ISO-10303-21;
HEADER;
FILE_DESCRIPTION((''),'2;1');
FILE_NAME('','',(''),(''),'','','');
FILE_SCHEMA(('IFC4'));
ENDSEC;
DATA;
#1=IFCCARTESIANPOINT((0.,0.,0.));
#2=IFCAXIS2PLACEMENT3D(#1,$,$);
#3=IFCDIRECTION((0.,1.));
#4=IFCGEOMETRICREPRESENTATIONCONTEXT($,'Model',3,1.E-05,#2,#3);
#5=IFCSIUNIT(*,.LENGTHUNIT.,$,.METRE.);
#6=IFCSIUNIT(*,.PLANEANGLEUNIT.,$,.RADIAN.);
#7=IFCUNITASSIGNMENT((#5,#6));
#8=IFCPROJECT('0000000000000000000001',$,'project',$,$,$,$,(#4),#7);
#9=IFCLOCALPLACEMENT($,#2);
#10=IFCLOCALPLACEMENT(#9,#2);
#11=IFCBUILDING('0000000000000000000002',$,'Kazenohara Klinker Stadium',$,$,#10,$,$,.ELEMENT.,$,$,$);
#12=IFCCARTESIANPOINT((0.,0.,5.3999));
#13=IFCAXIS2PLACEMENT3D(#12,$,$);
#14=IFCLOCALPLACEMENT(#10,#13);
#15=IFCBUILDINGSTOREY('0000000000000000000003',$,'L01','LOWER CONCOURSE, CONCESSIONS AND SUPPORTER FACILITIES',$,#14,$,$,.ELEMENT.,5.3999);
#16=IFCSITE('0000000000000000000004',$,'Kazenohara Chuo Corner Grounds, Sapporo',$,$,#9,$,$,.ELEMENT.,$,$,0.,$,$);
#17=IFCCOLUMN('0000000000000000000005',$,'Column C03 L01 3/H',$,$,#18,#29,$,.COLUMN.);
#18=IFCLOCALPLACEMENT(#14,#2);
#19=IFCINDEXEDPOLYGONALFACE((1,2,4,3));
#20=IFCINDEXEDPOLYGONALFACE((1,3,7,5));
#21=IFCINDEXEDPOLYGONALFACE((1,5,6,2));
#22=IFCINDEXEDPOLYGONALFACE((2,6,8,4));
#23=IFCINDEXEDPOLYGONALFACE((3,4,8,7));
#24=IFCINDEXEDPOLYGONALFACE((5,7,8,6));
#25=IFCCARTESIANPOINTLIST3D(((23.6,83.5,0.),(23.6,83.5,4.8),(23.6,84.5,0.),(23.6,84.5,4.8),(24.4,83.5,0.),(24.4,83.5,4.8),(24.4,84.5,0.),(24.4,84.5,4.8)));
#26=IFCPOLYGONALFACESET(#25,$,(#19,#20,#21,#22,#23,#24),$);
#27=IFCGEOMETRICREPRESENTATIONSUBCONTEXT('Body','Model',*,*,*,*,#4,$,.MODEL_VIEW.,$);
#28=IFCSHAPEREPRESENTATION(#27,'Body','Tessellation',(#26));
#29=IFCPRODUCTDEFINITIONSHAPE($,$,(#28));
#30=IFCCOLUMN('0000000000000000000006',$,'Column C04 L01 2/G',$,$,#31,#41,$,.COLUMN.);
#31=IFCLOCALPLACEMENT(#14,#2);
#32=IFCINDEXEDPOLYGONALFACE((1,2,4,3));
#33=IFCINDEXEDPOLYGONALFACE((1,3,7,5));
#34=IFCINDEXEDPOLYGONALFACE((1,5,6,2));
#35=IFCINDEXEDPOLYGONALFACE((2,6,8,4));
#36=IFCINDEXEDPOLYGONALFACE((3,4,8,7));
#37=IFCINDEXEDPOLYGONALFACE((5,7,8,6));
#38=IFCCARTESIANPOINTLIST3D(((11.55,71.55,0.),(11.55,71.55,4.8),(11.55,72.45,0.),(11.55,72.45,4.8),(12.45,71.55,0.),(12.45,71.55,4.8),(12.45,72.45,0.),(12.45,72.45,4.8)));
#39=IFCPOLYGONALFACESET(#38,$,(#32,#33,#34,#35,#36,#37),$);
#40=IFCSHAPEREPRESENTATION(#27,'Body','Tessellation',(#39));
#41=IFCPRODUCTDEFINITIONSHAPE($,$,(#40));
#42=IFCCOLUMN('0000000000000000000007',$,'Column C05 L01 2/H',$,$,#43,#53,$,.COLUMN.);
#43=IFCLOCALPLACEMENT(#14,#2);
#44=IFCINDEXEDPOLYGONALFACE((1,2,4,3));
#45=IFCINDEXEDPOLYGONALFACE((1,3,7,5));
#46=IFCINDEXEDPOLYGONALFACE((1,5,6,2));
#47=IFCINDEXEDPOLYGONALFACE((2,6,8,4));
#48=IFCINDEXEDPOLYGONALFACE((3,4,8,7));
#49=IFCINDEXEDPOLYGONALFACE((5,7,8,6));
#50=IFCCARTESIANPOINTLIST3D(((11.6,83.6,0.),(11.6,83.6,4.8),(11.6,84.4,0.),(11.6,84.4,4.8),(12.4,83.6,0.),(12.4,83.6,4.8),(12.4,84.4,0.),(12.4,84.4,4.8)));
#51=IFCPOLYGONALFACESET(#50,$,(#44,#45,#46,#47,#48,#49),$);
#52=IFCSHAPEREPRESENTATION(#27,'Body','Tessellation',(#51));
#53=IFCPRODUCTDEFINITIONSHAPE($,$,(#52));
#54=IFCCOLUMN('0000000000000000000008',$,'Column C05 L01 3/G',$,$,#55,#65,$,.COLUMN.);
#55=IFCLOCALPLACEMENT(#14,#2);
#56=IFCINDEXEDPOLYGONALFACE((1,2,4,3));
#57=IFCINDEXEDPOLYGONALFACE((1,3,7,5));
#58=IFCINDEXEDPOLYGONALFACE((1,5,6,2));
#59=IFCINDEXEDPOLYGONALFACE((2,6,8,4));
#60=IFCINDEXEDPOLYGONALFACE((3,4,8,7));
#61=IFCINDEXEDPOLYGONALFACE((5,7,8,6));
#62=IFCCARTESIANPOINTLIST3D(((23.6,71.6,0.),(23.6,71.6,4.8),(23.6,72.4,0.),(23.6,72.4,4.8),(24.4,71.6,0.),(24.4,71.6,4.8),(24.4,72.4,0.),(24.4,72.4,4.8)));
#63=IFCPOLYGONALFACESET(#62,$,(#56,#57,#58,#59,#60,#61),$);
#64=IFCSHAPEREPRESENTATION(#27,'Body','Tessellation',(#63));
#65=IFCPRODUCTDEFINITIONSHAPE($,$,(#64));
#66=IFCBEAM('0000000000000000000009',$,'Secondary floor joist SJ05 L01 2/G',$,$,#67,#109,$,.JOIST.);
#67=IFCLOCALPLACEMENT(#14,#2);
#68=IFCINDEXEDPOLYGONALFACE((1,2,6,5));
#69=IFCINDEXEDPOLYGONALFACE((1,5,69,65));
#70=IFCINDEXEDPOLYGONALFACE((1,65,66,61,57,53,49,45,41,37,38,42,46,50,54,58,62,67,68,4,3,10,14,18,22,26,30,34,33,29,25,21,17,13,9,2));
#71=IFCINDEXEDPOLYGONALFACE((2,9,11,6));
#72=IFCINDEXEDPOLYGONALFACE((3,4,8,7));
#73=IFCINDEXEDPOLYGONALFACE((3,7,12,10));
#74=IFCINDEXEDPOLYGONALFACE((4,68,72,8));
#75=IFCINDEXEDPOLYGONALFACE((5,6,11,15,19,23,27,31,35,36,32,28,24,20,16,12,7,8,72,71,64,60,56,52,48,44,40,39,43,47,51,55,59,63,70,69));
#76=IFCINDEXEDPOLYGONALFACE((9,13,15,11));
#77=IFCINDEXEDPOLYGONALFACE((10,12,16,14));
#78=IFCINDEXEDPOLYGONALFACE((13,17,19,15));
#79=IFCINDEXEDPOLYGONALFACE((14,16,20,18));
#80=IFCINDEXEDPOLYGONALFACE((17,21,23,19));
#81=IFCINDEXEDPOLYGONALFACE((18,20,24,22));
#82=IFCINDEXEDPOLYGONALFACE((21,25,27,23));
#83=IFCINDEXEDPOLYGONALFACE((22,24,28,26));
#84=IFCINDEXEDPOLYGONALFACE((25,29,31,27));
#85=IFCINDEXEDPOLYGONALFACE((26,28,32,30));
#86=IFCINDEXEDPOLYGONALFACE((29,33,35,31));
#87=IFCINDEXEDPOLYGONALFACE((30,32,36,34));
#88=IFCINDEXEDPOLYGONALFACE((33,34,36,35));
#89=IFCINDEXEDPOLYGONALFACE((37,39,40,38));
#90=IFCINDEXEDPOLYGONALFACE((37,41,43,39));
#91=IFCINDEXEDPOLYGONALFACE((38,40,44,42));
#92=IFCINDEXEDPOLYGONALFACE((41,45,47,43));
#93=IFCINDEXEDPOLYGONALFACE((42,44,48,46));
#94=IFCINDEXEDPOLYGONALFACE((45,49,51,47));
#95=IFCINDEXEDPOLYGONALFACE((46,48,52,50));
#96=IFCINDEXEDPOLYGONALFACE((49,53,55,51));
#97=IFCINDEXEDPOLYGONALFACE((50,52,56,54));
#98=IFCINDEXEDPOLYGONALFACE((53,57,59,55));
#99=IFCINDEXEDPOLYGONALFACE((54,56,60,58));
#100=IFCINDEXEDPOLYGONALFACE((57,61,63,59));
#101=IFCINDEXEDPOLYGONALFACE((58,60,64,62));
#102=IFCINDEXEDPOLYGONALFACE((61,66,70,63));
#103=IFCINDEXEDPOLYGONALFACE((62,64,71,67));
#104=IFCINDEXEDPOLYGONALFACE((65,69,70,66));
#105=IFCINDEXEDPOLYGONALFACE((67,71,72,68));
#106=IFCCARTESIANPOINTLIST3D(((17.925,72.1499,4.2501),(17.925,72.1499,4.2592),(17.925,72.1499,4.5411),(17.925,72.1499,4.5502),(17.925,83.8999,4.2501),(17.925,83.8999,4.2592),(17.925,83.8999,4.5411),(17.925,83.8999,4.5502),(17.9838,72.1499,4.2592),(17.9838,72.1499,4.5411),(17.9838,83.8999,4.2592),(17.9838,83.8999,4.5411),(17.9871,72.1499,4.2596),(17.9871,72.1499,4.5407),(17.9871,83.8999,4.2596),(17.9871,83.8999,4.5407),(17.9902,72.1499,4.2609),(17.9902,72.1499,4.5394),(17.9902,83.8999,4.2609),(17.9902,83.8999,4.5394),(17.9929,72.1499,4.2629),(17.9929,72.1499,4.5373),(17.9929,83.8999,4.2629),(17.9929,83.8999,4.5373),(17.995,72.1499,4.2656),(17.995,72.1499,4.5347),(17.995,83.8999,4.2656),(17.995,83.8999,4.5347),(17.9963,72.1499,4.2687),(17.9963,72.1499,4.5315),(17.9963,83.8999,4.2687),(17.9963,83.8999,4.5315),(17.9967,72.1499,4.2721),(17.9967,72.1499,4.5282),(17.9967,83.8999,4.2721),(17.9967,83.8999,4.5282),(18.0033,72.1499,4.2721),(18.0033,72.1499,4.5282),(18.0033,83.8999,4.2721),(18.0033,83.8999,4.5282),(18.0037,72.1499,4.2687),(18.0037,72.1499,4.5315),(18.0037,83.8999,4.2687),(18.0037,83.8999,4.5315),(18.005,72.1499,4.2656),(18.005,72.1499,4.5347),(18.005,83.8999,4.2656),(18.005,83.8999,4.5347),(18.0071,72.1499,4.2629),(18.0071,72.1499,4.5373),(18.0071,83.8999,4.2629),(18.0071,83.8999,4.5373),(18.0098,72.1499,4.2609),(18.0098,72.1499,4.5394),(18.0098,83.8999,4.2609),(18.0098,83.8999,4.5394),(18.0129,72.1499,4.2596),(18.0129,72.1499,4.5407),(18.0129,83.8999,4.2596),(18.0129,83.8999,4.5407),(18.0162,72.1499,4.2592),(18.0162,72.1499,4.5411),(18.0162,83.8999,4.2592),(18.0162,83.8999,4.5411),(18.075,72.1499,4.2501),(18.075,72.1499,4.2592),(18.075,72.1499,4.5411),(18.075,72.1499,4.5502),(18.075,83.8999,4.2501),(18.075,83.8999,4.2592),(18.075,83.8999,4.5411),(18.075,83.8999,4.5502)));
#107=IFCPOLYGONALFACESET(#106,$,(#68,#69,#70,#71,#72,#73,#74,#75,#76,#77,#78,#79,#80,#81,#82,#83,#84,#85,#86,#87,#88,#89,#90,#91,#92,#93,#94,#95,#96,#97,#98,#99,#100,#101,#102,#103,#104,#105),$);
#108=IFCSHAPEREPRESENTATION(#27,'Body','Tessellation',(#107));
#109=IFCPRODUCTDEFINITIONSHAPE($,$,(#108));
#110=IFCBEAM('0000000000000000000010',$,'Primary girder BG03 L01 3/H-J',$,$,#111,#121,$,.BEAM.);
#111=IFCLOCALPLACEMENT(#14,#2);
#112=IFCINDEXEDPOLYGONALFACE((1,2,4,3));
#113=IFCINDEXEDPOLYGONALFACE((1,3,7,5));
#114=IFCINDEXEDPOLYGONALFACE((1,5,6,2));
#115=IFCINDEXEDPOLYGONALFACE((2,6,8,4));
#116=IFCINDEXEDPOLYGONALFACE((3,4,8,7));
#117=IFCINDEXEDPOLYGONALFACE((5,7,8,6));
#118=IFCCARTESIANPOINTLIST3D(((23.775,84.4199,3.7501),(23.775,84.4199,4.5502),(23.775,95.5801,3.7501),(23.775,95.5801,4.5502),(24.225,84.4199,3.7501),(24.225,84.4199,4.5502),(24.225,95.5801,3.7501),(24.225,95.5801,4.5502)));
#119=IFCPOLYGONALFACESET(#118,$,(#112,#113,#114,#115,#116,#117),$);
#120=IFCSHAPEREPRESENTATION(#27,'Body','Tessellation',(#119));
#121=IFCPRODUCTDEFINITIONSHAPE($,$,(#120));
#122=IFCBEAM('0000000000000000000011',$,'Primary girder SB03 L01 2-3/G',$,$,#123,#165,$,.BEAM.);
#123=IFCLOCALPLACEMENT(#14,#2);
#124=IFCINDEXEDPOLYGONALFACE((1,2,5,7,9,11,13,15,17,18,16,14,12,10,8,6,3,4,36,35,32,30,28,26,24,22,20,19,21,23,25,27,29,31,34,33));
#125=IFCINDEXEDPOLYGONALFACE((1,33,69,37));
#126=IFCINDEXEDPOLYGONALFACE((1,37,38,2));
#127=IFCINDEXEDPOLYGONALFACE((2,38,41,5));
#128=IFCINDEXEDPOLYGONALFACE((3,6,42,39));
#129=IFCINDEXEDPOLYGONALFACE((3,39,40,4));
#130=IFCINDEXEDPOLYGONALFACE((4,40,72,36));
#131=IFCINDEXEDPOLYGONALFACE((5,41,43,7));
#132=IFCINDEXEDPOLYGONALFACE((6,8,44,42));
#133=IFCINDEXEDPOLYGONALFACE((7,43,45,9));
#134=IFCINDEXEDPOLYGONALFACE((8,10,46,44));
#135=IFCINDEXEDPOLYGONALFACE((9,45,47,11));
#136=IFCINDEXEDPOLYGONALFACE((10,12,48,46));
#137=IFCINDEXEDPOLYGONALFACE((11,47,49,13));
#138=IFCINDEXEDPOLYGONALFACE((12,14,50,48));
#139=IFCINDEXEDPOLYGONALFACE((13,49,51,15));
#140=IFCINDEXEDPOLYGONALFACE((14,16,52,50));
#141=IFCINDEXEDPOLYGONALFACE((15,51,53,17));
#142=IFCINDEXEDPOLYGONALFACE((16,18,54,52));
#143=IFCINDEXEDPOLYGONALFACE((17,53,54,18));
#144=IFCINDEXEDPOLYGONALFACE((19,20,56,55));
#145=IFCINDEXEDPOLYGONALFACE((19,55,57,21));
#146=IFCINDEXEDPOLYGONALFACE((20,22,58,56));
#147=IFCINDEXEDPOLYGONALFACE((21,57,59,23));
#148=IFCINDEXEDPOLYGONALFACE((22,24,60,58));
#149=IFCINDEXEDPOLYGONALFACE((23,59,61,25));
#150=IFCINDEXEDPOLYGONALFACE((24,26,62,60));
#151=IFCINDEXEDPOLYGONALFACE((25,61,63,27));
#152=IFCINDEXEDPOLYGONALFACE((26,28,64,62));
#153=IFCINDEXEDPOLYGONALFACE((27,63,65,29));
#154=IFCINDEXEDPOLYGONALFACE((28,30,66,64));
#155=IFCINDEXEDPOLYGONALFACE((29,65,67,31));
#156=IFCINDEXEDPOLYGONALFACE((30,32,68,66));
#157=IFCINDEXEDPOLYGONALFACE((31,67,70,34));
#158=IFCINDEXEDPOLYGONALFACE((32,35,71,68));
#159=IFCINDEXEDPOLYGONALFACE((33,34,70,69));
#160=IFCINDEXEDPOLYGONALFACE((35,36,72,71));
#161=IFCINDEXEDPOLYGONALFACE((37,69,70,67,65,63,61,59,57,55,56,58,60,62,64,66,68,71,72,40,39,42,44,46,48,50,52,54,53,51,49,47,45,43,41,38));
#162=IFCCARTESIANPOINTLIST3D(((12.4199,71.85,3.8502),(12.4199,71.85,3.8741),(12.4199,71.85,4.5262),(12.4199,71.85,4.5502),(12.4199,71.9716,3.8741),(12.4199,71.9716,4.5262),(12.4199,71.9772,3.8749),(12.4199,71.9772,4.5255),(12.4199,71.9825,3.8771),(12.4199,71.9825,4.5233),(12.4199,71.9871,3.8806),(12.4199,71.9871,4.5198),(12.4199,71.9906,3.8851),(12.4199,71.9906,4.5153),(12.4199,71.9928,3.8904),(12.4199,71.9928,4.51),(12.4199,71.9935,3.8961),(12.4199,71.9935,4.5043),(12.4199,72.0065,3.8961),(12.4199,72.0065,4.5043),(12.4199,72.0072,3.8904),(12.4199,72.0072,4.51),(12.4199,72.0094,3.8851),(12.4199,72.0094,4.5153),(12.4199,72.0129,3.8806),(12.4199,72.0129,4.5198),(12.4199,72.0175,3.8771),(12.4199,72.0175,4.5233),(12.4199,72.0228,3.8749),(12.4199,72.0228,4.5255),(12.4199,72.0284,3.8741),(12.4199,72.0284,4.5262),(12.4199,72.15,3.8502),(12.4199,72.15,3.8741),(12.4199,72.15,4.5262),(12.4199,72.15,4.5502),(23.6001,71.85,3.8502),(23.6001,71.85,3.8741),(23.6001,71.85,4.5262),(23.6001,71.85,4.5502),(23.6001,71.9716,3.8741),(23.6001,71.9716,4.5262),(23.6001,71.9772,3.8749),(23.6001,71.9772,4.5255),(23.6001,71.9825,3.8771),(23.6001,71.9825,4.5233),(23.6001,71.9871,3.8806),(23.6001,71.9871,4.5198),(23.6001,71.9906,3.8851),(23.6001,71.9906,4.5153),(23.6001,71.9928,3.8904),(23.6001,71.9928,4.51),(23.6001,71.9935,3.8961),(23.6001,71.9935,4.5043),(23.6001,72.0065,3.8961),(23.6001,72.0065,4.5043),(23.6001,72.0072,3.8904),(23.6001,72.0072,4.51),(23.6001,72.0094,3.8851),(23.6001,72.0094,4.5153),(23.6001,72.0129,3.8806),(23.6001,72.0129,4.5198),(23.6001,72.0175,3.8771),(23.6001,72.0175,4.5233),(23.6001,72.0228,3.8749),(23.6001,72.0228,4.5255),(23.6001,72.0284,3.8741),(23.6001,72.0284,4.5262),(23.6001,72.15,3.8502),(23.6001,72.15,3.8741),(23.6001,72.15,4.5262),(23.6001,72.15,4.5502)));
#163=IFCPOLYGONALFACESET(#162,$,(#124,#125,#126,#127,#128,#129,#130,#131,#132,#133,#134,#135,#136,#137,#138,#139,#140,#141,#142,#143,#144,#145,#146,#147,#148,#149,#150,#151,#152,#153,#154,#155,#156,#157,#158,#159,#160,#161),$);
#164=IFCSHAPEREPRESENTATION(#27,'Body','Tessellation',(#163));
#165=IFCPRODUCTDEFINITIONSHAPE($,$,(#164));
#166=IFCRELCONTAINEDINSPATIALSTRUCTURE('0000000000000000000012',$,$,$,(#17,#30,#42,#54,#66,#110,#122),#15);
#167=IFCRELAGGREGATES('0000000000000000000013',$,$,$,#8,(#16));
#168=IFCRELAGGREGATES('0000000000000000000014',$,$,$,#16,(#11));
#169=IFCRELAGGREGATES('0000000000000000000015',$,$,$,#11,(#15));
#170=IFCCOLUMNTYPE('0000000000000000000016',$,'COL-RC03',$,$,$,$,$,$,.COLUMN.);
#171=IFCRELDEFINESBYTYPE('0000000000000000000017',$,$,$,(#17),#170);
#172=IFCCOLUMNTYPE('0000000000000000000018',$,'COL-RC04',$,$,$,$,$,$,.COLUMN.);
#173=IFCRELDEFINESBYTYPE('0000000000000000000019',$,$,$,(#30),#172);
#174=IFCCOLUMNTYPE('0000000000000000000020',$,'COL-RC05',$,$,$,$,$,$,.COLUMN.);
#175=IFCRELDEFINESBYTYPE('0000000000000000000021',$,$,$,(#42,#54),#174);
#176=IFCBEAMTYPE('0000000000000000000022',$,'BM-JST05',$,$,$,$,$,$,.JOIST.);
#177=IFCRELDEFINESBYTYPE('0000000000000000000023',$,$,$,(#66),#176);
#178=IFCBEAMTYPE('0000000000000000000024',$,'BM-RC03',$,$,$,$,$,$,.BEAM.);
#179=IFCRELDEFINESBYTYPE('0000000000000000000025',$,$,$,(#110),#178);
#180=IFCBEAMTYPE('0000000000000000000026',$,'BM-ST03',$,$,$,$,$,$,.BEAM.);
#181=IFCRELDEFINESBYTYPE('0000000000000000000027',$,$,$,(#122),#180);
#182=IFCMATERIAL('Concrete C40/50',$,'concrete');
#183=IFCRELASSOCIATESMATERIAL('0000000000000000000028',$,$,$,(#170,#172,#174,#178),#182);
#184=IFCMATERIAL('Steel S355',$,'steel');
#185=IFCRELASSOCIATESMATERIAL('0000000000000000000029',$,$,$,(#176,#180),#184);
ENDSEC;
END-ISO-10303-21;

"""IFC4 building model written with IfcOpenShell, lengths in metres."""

from ifc_helpers import new_model, si_unit, direction, frame, origin, origin_2d, place, context, subcontext, project, spatial, rectangle, i_section, extrude, material, material_profile, profile_set, type_object, element, save


model = new_model("IFC4")

# Units and contexts
model_context = context("Model", 3, precision=1e-05, world=origin(), true_north=direction((0.0, 1.0)))
body_context = subcontext(model_context, "Body", "Model", "MODEL_VIEW")
ifc_project = project(units=[si_unit("LENGTHUNIT", "METRE"), si_unit("PLANEANGLEUNIT", "RADIAN")], contexts=[model_context])

# Site, building, storey
site_placement = place(None, origin())
site = spatial("IfcSite", under=ifc_project, at=site_placement, Name="Kazenohara Chuo Corner Grounds, Sapporo", CompositionType="ELEMENT", RefElevation=0.0)
building_placement = place(site_placement, origin())
building = spatial("IfcBuilding", under=site, at=building_placement, Name="Kazenohara Klinker Stadium", CompositionType="ELEMENT")
storey_placement = place(building_placement, frame((0.0, 0.0, 5.3999)))
storey = spatial("IfcBuildingStorey", under=building, at=storey_placement, Name="L01", Description="LOWER CONCOURSE, CONCESSIONS AND SUPPORTER FACILITIES", CompositionType="ELEMENT", Elevation=5.3999)

# Columns
ifc_material_1 = material(Name="Concrete C40/50", Category="concrete")
ifc_material_profile_1 = material_profile(ifc_material_1, rectangle(XDim=0.8, YDim=1.0, at=origin_2d()), Name="RC-COL-1000x800")
ifc_profile_set_1 = profile_set([ifc_material_profile_1], Name="Concrete C40/50")
column_type_1 = type_object("IfcColumnType", Name="COL-RC03", PredefinedType="COLUMN", material=ifc_profile_set_1)
column_1_placement = place(storey_placement, frame((24.0, 84.0, 0.0), z_axis=(0.0, 0.0, 1.0), x_axis=(1.0, 0.0, 0.0)))
element("IfcColumn", 1, at=column_1_placement, inside=storey, type_object=column_type_1, Name="Column C03 L01 3/H", PredefinedType="COLUMN", context=body_context, shape_type="SweptSolid", body=[
    extrude(rectangle(XDim=0.8, YDim=1.0, at=origin_2d()), origin(), (0.0, 0.0, 1.0), 4.8),
])
ifc_material_profile_2 = material_profile(ifc_material_1, rectangle(XDim=0.8999, YDim=0.8999, at=origin_2d()), Name="RC-COL-900x900")
ifc_profile_set_2 = profile_set([ifc_material_profile_2], Name="Concrete C40/50")
column_type_2 = type_object("IfcColumnType", Name="COL-RC04", PredefinedType="COLUMN", material=ifc_profile_set_2)
column_2_placement = place(storey_placement, frame((12.0, 72.0, 0.0), z_axis=(0.0, 0.0, 1.0), x_axis=(1.0, 0.0, 0.0)))
element("IfcColumn", 2, at=column_2_placement, inside=storey, type_object=column_type_2, Name="Column C04 L01 2/G", PredefinedType="COLUMN", context=body_context, shape_type="SweptSolid", body=[
    extrude(rectangle(XDim=0.8999, YDim=0.8999, at=origin_2d()), origin(), (0.0, 0.0, 1.0), 4.8),
])
ifc_material_profile_3 = material_profile(ifc_material_1, rectangle(XDim=0.8, YDim=0.8, at=origin_2d()), Name="RC-COL-800x800")
ifc_profile_set_3 = profile_set([ifc_material_profile_3], Name="Concrete C40/50")
column_type_3 = type_object("IfcColumnType", Name="COL-RC05", PredefinedType="COLUMN", material=ifc_profile_set_3)
for number, where, z_axis, x_axis, name in (
    (3, (12.0, 84.0, 0.0), (0.0, 0.0, 1.0), (1.0, 0.0, 0.0), "Column C05 L01 2/H"),
    (4, (24.0, 72.0, 0.0), (0.0, 0.0, 1.0), (1.0, 0.0, 0.0), "Column C05 L01 3/G"),
):
    element("IfcColumn", number, at=place(storey_placement, frame(where, z_axis=z_axis, x_axis=x_axis)), inside=storey, type_object=column_type_3, Name=name, PredefinedType="COLUMN", context=body_context, shape_type="SweptSolid", body=[
        extrude(rectangle(XDim=0.8, YDim=0.8, at=origin_2d()), origin(), (0.0, 0.0, 1.0), 4.8),
    ])

# Beams
ifc_material_2 = material(Name="Steel S355", Category="steel")
ifc_material_profile_4 = material_profile(ifc_material_2, i_section(OverallWidth=0.1499, OverallDepth=0.3, WebThickness=0.0066, FlangeThickness=0.009, FilletRadius=0.0129, at=origin_2d()), Name="H-300x150x6.5x9")
ifc_profile_set_4 = profile_set([ifc_material_profile_4], Name="Steel S355")
beam_type_1 = type_object("IfcBeamType", Name="BM-JST05", PredefinedType="JOIST", material=ifc_profile_set_4)
beam_1_placement = place(storey_placement, frame((18.0, 72.1499, 4.4001), z_axis=(0.0, 1.0, 0.0), x_axis=(-1.0, 0.0, 0.0)))
element("IfcBeam", 5, at=beam_1_placement, inside=storey, type_object=beam_type_1, Name="Secondary floor joist SJ05 L01 2/G", PredefinedType="JOIST", context=body_context, shape_type="SweptSolid", body=[
    extrude(i_section(OverallWidth=0.1499, OverallDepth=0.3, WebThickness=0.0066, FlangeThickness=0.009, FilletRadius=0.0129, at=origin_2d()), origin(), (0.0, 0.0, 1.0), 11.75),
])
ifc_material_profile_5 = material_profile(ifc_material_1, rectangle(XDim=0.45, YDim=0.8, at=origin_2d()), Name="RC-BM-450x800")
ifc_profile_set_5 = profile_set([ifc_material_profile_5], Name="Concrete C40/50")
beam_type_2 = type_object("IfcBeamType", Name="BM-RC03", PredefinedType="BEAM", material=ifc_profile_set_5)
beam_2_placement = place(storey_placement, frame((24.0, 84.4199, 4.1501), z_axis=(0.0, 1.0, 0.0), x_axis=(-1.0, 0.0, 0.0)))
element("IfcBeam", 6, at=beam_2_placement, inside=storey, type_object=beam_type_2, Name="Primary girder BG03 L01 3/H-J", PredefinedType="BEAM", context=body_context, shape_type="SweptSolid", body=[
    extrude(rectangle(XDim=0.45, YDim=0.8, at=origin_2d()), origin(), (0.0, 0.0, 1.0), 11.1602),
])
ifc_material_profile_6 = material_profile(ifc_material_2, i_section(OverallWidth=0.3, OverallDepth=0.7, WebThickness=0.0129, FlangeThickness=0.0239, FilletRadius=0.022, at=origin_2d()), Name="H-700x300x13x24")
ifc_profile_set_6 = profile_set([ifc_material_profile_6], Name="Steel S355")
beam_type_3 = type_object("IfcBeamType", Name="BM-ST03", PredefinedType="BEAM", material=ifc_profile_set_6)
for number, where, z_axis, x_axis, name in (
    (7, (12.4199, 72.0, 4.2002), (1.0, 0.0, 0.0), (0.0, 1.0, 0.0), "Primary girder SB03 L01 2-3/G"),
):
    element("IfcBeam", number, at=place(storey_placement, frame(where, z_axis=z_axis, x_axis=x_axis)), inside=storey, type_object=beam_type_3, Name=name, PredefinedType="BEAM", context=body_context, shape_type="SweptSolid", body=[
        extrude(i_section(OverallWidth=0.3, OverallDepth=0.7, WebThickness=0.0129, FlangeThickness=0.0239, FilletRadius=0.022, at=origin_2d()), origin(), (0.0, 0.0, 1.0), 11.1802),
    ])

save(model, "model.ifc")
